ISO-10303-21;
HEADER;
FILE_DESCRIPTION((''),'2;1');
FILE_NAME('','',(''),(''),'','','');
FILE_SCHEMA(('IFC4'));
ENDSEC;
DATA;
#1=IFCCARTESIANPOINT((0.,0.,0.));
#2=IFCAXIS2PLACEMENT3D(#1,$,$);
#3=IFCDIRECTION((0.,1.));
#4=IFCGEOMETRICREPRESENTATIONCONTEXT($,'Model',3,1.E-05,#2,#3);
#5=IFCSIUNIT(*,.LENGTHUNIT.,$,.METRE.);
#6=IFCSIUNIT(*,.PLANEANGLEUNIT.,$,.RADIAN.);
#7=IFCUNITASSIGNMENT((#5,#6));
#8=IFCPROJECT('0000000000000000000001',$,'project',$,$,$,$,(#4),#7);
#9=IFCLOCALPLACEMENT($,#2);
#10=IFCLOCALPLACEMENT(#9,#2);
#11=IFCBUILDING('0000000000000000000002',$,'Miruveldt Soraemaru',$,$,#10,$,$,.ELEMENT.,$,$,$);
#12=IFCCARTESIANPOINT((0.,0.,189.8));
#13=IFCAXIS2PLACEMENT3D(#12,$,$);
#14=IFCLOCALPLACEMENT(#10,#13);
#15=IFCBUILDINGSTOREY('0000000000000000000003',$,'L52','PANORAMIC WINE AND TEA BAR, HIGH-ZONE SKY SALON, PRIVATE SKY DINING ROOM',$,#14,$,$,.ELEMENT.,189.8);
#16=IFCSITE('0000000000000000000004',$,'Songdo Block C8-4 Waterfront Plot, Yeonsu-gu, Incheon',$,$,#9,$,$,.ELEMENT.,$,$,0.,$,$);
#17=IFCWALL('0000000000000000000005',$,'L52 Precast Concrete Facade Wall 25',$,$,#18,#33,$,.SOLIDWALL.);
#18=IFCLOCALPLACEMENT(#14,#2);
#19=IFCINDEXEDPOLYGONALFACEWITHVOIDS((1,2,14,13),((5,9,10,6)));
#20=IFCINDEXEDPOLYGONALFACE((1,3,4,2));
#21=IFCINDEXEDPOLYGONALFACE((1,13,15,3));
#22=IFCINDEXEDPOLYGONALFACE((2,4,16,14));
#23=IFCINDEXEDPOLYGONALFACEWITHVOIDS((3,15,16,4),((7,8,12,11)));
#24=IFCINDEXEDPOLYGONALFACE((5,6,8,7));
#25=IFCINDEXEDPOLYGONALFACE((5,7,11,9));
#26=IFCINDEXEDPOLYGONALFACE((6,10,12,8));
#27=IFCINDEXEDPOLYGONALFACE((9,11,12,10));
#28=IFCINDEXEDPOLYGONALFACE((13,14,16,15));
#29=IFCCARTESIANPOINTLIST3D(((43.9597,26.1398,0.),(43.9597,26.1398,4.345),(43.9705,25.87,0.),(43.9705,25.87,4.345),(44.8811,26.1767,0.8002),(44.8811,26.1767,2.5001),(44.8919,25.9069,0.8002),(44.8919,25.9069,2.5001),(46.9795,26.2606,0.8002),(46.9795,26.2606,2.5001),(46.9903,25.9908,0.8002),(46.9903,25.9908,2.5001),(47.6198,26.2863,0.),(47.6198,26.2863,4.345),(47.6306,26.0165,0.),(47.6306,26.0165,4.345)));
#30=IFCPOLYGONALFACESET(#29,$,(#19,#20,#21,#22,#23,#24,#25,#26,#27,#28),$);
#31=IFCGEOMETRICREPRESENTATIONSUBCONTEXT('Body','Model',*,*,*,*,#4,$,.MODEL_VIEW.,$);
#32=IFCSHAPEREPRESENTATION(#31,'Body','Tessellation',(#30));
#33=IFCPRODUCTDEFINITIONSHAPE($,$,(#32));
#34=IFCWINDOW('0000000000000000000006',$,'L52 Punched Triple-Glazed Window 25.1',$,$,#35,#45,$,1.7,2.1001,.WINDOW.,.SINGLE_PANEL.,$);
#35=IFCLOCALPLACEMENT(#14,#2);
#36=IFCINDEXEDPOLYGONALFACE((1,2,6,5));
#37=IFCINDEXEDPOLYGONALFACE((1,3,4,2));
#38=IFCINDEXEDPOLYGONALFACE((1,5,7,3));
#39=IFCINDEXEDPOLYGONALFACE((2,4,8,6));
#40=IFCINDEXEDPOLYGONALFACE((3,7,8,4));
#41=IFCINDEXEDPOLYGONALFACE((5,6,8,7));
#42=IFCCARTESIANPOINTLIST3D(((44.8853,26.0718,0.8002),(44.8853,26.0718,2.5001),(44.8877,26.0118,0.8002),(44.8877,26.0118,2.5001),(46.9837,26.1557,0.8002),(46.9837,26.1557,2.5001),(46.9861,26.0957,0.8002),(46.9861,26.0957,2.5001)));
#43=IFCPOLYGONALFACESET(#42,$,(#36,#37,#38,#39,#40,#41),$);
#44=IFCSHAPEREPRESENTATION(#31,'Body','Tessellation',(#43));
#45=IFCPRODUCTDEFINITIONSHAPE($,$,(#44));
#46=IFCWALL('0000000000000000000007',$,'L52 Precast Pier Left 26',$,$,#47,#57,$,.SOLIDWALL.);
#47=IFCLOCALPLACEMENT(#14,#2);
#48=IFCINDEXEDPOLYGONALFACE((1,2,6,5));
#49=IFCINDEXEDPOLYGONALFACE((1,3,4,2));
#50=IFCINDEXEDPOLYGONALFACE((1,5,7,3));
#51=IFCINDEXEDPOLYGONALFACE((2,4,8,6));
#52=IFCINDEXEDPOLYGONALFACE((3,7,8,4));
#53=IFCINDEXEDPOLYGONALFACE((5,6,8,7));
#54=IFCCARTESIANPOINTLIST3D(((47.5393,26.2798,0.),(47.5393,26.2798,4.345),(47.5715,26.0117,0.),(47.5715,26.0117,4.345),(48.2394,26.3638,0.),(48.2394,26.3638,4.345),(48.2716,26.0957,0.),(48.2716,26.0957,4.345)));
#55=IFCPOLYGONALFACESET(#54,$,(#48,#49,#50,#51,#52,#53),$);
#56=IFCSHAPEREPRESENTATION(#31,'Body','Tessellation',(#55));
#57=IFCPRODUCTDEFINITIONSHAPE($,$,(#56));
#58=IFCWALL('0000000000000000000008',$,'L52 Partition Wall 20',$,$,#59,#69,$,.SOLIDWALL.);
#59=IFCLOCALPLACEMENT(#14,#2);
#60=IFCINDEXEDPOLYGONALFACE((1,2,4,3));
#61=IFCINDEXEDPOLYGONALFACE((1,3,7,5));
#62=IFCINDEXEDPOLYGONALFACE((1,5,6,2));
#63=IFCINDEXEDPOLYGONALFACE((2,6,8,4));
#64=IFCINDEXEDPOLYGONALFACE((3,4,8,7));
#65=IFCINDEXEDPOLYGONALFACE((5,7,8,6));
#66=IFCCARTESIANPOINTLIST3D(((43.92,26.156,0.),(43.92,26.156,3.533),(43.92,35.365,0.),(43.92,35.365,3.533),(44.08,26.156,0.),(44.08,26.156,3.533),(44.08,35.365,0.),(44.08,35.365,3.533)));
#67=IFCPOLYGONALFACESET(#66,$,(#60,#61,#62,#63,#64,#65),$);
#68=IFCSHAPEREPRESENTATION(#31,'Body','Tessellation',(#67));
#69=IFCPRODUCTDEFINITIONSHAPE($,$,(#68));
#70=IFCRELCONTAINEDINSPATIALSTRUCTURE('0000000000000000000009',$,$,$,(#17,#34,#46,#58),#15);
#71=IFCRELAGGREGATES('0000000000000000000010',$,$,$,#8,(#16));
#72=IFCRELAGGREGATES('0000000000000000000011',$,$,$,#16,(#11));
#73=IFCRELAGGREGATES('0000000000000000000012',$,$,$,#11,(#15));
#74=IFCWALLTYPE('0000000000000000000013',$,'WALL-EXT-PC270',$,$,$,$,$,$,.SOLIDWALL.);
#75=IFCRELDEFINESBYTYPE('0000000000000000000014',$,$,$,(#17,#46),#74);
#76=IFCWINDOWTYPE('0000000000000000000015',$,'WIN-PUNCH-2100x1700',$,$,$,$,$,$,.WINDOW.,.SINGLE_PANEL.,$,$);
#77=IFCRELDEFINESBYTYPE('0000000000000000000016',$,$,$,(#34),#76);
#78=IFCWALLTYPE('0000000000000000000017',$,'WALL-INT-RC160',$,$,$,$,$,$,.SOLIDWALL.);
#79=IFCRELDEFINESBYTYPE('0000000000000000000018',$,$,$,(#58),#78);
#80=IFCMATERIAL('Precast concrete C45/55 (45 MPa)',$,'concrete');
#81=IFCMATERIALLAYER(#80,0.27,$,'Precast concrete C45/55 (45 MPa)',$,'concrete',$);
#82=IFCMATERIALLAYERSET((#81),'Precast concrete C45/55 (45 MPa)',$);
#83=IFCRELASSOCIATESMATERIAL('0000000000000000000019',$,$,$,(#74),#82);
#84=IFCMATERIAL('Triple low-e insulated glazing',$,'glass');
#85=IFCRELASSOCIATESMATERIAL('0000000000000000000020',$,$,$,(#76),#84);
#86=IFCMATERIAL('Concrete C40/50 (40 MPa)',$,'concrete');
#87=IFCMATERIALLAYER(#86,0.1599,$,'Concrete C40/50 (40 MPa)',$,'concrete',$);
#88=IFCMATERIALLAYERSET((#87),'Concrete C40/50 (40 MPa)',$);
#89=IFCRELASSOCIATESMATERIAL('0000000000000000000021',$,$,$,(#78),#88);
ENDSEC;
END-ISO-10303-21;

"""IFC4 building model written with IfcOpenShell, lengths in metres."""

from ifc_helpers import new_model, si_unit, direction, frame, frame_2d, origin, place, context, subcontext, project, spatial, rectangle, extrude, material, layer, layer_set, type_object, element, fill, save


model = new_model("IFC4")

# Units and contexts
model_context = context("Model", 3, precision=1e-05, world=origin(), true_north=direction((0.0, 1.0)))
body_context = subcontext(model_context, "Body", "Model", "MODEL_VIEW")
ifc_project = project(units=[si_unit("LENGTHUNIT", "METRE"), si_unit("PLANEANGLEUNIT", "RADIAN")], contexts=[model_context])

# Site, building, storey
site_placement = place(None, origin())
site = spatial("IfcSite", under=ifc_project, at=site_placement, Name="Songdo Block C8-4 Waterfront Plot, Yeonsu-gu, Incheon", CompositionType="ELEMENT", RefElevation=0.0)
building_placement = place(site_placement, origin())
building = spatial("IfcBuilding", under=site, at=building_placement, Name="Miruveldt Soraemaru", CompositionType="ELEMENT")
storey_placement = place(building_placement, frame((0.0, 0.0, 189.8)))
storey = spatial("IfcBuildingStorey", under=building, at=storey_placement, Name="L52", Description="PANORAMIC WINE AND TEA BAR, HIGH-ZONE SKY SALON, PRIVATE SKY DINING ROOM", CompositionType="ELEMENT", Elevation=189.8)

# Shared definitions
ifc_material_1 = material(Name="Triple low-e insulated glazing", Category="glass")

# Wall, opening, window
ifc_material_2 = material(Name="Precast concrete C45/55 (45 MPa)", Category="concrete")
ifc_layer_1 = layer(ifc_material_2, 0.27, Name="Precast concrete C45/55 (45 MPa)", Category="concrete")
ifc_layer_set_1 = layer_set([ifc_layer_1], Name="Precast concrete C45/55 (45 MPa)")
wall_type_1 = type_object("IfcWallType", Name="WALL-EXT-PC270", PredefinedType="SOLIDWALL", material=ifc_layer_set_1)
window_type = type_object("IfcWindowType", Name="WIN-PUNCH-2100x1700", PartitioningType="SINGLE_PANEL", PredefinedType="WINDOW", material=ifc_material_1)
wall_1_placement = place(storey_placement, frame((43.9651, 26.0049, 0.0), z_axis=(0.0, 0.0, 1.0), x_axis=(0.9992, 0.039989, 0.0)))
wall_1 = element("IfcWall", 1, at=wall_1_placement, inside=storey, type_object=wall_type_1, Name="L52 Precast Concrete Facade Wall 25", PredefinedType="SOLIDWALL", context=body_context, shape_type="SweptSolid", body=[
    extrude(rectangle(XDim=3.6631, YDim=0.27, at=frame_2d((1.8315, 0.0))), origin(), (0.0, 0.0, 1.0), 4.345),
])
opening_1_placement = place(wall_1_placement, frame((0.9221, 0.0, 0.8)))
opening_1 = element("IfcOpeningElement", 2, at=opening_1_placement, cuts=wall_1, PredefinedType="OPENING", context=body_context, shape_type="SweptSolid", body=[
    extrude(rectangle(XDim=2.1001, YDim=1.7, at=frame_2d((1.05, 0.8501))), frame((0.0, 0.145, 0.0), z_axis=(0.0, -1.0, 0.0), x_axis=(1.0, 0.0, 0.0)), (0.0, 0.0, 1.0), 0.29),
])
window_1_placement = place(opening_1_placement, origin())
window_1 = element("IfcWindow", 3, at=window_1_placement, inside=storey, type_object=window_type, Name="L52 Punched Triple-Glazed Window 25.1", OverallHeight=1.7, OverallWidth=2.1001, PartitioningType="SINGLE_PANEL", PredefinedType="WINDOW", context=body_context, shape_type="SweptSolid", body=[
    extrude(rectangle(XDim=2.1001, YDim=1.7, at=frame_2d((1.05, 0.8501))), frame((0.0, 0.03, 0.0), z_axis=(0.0, -1.0, 0.0), x_axis=(1.0, 0.0, 0.0)), (0.0, 0.0, 1.0), 0.0601),
])
fill(opening_1, window_1)

# Walls
wall_2_placement = place(storey_placement, frame((47.5554, 26.1458, 0.0), z_axis=(0.0, 0.0, 1.0), x_axis=(0.992878, 0.119132, 0.0)))
element("IfcWall", 4, at=wall_2_placement, inside=storey, type_object=wall_type_1, Name="L52 Precast Pier Left 26", PredefinedType="SOLIDWALL", context=body_context, shape_type="SweptSolid", body=[
    extrude(rectangle(XDim=0.7051, YDim=0.27, at=frame_2d((0.3525, 0.0))), origin(), (0.0, 0.0, 1.0), 4.345),
])
ifc_material_3 = material(Name="Concrete C40/50 (40 MPa)", Category="concrete")
ifc_layer_2 = layer(ifc_material_3, 0.1599, Name="Concrete C40/50 (40 MPa)", Category="concrete")
ifc_layer_set_2 = layer_set([ifc_layer_2], Name="Concrete C40/50 (40 MPa)")
wall_type_2 = type_object("IfcWallType", Name="WALL-INT-RC160", PredefinedType="SOLIDWALL", material=ifc_layer_set_2)
wall_3_placement = place(storey_placement, frame((44.0, 26.156, 0.0), z_axis=(0.0, 0.0, 1.0), x_axis=(0.0, 1.0, 0.0)))
element("IfcWall", 5, at=wall_3_placement, inside=storey, type_object=wall_type_2, Name="L52 Partition Wall 20", PredefinedType="SOLIDWALL", context=body_context, shape_type="SweptSolid", body=[
    extrude(rectangle(XDim=9.209, YDim=0.1599, at=frame_2d((4.6045, 0.0))), origin(), (0.0, 0.0, 1.0), 3.533),
])

save(model, "model.ifc")
